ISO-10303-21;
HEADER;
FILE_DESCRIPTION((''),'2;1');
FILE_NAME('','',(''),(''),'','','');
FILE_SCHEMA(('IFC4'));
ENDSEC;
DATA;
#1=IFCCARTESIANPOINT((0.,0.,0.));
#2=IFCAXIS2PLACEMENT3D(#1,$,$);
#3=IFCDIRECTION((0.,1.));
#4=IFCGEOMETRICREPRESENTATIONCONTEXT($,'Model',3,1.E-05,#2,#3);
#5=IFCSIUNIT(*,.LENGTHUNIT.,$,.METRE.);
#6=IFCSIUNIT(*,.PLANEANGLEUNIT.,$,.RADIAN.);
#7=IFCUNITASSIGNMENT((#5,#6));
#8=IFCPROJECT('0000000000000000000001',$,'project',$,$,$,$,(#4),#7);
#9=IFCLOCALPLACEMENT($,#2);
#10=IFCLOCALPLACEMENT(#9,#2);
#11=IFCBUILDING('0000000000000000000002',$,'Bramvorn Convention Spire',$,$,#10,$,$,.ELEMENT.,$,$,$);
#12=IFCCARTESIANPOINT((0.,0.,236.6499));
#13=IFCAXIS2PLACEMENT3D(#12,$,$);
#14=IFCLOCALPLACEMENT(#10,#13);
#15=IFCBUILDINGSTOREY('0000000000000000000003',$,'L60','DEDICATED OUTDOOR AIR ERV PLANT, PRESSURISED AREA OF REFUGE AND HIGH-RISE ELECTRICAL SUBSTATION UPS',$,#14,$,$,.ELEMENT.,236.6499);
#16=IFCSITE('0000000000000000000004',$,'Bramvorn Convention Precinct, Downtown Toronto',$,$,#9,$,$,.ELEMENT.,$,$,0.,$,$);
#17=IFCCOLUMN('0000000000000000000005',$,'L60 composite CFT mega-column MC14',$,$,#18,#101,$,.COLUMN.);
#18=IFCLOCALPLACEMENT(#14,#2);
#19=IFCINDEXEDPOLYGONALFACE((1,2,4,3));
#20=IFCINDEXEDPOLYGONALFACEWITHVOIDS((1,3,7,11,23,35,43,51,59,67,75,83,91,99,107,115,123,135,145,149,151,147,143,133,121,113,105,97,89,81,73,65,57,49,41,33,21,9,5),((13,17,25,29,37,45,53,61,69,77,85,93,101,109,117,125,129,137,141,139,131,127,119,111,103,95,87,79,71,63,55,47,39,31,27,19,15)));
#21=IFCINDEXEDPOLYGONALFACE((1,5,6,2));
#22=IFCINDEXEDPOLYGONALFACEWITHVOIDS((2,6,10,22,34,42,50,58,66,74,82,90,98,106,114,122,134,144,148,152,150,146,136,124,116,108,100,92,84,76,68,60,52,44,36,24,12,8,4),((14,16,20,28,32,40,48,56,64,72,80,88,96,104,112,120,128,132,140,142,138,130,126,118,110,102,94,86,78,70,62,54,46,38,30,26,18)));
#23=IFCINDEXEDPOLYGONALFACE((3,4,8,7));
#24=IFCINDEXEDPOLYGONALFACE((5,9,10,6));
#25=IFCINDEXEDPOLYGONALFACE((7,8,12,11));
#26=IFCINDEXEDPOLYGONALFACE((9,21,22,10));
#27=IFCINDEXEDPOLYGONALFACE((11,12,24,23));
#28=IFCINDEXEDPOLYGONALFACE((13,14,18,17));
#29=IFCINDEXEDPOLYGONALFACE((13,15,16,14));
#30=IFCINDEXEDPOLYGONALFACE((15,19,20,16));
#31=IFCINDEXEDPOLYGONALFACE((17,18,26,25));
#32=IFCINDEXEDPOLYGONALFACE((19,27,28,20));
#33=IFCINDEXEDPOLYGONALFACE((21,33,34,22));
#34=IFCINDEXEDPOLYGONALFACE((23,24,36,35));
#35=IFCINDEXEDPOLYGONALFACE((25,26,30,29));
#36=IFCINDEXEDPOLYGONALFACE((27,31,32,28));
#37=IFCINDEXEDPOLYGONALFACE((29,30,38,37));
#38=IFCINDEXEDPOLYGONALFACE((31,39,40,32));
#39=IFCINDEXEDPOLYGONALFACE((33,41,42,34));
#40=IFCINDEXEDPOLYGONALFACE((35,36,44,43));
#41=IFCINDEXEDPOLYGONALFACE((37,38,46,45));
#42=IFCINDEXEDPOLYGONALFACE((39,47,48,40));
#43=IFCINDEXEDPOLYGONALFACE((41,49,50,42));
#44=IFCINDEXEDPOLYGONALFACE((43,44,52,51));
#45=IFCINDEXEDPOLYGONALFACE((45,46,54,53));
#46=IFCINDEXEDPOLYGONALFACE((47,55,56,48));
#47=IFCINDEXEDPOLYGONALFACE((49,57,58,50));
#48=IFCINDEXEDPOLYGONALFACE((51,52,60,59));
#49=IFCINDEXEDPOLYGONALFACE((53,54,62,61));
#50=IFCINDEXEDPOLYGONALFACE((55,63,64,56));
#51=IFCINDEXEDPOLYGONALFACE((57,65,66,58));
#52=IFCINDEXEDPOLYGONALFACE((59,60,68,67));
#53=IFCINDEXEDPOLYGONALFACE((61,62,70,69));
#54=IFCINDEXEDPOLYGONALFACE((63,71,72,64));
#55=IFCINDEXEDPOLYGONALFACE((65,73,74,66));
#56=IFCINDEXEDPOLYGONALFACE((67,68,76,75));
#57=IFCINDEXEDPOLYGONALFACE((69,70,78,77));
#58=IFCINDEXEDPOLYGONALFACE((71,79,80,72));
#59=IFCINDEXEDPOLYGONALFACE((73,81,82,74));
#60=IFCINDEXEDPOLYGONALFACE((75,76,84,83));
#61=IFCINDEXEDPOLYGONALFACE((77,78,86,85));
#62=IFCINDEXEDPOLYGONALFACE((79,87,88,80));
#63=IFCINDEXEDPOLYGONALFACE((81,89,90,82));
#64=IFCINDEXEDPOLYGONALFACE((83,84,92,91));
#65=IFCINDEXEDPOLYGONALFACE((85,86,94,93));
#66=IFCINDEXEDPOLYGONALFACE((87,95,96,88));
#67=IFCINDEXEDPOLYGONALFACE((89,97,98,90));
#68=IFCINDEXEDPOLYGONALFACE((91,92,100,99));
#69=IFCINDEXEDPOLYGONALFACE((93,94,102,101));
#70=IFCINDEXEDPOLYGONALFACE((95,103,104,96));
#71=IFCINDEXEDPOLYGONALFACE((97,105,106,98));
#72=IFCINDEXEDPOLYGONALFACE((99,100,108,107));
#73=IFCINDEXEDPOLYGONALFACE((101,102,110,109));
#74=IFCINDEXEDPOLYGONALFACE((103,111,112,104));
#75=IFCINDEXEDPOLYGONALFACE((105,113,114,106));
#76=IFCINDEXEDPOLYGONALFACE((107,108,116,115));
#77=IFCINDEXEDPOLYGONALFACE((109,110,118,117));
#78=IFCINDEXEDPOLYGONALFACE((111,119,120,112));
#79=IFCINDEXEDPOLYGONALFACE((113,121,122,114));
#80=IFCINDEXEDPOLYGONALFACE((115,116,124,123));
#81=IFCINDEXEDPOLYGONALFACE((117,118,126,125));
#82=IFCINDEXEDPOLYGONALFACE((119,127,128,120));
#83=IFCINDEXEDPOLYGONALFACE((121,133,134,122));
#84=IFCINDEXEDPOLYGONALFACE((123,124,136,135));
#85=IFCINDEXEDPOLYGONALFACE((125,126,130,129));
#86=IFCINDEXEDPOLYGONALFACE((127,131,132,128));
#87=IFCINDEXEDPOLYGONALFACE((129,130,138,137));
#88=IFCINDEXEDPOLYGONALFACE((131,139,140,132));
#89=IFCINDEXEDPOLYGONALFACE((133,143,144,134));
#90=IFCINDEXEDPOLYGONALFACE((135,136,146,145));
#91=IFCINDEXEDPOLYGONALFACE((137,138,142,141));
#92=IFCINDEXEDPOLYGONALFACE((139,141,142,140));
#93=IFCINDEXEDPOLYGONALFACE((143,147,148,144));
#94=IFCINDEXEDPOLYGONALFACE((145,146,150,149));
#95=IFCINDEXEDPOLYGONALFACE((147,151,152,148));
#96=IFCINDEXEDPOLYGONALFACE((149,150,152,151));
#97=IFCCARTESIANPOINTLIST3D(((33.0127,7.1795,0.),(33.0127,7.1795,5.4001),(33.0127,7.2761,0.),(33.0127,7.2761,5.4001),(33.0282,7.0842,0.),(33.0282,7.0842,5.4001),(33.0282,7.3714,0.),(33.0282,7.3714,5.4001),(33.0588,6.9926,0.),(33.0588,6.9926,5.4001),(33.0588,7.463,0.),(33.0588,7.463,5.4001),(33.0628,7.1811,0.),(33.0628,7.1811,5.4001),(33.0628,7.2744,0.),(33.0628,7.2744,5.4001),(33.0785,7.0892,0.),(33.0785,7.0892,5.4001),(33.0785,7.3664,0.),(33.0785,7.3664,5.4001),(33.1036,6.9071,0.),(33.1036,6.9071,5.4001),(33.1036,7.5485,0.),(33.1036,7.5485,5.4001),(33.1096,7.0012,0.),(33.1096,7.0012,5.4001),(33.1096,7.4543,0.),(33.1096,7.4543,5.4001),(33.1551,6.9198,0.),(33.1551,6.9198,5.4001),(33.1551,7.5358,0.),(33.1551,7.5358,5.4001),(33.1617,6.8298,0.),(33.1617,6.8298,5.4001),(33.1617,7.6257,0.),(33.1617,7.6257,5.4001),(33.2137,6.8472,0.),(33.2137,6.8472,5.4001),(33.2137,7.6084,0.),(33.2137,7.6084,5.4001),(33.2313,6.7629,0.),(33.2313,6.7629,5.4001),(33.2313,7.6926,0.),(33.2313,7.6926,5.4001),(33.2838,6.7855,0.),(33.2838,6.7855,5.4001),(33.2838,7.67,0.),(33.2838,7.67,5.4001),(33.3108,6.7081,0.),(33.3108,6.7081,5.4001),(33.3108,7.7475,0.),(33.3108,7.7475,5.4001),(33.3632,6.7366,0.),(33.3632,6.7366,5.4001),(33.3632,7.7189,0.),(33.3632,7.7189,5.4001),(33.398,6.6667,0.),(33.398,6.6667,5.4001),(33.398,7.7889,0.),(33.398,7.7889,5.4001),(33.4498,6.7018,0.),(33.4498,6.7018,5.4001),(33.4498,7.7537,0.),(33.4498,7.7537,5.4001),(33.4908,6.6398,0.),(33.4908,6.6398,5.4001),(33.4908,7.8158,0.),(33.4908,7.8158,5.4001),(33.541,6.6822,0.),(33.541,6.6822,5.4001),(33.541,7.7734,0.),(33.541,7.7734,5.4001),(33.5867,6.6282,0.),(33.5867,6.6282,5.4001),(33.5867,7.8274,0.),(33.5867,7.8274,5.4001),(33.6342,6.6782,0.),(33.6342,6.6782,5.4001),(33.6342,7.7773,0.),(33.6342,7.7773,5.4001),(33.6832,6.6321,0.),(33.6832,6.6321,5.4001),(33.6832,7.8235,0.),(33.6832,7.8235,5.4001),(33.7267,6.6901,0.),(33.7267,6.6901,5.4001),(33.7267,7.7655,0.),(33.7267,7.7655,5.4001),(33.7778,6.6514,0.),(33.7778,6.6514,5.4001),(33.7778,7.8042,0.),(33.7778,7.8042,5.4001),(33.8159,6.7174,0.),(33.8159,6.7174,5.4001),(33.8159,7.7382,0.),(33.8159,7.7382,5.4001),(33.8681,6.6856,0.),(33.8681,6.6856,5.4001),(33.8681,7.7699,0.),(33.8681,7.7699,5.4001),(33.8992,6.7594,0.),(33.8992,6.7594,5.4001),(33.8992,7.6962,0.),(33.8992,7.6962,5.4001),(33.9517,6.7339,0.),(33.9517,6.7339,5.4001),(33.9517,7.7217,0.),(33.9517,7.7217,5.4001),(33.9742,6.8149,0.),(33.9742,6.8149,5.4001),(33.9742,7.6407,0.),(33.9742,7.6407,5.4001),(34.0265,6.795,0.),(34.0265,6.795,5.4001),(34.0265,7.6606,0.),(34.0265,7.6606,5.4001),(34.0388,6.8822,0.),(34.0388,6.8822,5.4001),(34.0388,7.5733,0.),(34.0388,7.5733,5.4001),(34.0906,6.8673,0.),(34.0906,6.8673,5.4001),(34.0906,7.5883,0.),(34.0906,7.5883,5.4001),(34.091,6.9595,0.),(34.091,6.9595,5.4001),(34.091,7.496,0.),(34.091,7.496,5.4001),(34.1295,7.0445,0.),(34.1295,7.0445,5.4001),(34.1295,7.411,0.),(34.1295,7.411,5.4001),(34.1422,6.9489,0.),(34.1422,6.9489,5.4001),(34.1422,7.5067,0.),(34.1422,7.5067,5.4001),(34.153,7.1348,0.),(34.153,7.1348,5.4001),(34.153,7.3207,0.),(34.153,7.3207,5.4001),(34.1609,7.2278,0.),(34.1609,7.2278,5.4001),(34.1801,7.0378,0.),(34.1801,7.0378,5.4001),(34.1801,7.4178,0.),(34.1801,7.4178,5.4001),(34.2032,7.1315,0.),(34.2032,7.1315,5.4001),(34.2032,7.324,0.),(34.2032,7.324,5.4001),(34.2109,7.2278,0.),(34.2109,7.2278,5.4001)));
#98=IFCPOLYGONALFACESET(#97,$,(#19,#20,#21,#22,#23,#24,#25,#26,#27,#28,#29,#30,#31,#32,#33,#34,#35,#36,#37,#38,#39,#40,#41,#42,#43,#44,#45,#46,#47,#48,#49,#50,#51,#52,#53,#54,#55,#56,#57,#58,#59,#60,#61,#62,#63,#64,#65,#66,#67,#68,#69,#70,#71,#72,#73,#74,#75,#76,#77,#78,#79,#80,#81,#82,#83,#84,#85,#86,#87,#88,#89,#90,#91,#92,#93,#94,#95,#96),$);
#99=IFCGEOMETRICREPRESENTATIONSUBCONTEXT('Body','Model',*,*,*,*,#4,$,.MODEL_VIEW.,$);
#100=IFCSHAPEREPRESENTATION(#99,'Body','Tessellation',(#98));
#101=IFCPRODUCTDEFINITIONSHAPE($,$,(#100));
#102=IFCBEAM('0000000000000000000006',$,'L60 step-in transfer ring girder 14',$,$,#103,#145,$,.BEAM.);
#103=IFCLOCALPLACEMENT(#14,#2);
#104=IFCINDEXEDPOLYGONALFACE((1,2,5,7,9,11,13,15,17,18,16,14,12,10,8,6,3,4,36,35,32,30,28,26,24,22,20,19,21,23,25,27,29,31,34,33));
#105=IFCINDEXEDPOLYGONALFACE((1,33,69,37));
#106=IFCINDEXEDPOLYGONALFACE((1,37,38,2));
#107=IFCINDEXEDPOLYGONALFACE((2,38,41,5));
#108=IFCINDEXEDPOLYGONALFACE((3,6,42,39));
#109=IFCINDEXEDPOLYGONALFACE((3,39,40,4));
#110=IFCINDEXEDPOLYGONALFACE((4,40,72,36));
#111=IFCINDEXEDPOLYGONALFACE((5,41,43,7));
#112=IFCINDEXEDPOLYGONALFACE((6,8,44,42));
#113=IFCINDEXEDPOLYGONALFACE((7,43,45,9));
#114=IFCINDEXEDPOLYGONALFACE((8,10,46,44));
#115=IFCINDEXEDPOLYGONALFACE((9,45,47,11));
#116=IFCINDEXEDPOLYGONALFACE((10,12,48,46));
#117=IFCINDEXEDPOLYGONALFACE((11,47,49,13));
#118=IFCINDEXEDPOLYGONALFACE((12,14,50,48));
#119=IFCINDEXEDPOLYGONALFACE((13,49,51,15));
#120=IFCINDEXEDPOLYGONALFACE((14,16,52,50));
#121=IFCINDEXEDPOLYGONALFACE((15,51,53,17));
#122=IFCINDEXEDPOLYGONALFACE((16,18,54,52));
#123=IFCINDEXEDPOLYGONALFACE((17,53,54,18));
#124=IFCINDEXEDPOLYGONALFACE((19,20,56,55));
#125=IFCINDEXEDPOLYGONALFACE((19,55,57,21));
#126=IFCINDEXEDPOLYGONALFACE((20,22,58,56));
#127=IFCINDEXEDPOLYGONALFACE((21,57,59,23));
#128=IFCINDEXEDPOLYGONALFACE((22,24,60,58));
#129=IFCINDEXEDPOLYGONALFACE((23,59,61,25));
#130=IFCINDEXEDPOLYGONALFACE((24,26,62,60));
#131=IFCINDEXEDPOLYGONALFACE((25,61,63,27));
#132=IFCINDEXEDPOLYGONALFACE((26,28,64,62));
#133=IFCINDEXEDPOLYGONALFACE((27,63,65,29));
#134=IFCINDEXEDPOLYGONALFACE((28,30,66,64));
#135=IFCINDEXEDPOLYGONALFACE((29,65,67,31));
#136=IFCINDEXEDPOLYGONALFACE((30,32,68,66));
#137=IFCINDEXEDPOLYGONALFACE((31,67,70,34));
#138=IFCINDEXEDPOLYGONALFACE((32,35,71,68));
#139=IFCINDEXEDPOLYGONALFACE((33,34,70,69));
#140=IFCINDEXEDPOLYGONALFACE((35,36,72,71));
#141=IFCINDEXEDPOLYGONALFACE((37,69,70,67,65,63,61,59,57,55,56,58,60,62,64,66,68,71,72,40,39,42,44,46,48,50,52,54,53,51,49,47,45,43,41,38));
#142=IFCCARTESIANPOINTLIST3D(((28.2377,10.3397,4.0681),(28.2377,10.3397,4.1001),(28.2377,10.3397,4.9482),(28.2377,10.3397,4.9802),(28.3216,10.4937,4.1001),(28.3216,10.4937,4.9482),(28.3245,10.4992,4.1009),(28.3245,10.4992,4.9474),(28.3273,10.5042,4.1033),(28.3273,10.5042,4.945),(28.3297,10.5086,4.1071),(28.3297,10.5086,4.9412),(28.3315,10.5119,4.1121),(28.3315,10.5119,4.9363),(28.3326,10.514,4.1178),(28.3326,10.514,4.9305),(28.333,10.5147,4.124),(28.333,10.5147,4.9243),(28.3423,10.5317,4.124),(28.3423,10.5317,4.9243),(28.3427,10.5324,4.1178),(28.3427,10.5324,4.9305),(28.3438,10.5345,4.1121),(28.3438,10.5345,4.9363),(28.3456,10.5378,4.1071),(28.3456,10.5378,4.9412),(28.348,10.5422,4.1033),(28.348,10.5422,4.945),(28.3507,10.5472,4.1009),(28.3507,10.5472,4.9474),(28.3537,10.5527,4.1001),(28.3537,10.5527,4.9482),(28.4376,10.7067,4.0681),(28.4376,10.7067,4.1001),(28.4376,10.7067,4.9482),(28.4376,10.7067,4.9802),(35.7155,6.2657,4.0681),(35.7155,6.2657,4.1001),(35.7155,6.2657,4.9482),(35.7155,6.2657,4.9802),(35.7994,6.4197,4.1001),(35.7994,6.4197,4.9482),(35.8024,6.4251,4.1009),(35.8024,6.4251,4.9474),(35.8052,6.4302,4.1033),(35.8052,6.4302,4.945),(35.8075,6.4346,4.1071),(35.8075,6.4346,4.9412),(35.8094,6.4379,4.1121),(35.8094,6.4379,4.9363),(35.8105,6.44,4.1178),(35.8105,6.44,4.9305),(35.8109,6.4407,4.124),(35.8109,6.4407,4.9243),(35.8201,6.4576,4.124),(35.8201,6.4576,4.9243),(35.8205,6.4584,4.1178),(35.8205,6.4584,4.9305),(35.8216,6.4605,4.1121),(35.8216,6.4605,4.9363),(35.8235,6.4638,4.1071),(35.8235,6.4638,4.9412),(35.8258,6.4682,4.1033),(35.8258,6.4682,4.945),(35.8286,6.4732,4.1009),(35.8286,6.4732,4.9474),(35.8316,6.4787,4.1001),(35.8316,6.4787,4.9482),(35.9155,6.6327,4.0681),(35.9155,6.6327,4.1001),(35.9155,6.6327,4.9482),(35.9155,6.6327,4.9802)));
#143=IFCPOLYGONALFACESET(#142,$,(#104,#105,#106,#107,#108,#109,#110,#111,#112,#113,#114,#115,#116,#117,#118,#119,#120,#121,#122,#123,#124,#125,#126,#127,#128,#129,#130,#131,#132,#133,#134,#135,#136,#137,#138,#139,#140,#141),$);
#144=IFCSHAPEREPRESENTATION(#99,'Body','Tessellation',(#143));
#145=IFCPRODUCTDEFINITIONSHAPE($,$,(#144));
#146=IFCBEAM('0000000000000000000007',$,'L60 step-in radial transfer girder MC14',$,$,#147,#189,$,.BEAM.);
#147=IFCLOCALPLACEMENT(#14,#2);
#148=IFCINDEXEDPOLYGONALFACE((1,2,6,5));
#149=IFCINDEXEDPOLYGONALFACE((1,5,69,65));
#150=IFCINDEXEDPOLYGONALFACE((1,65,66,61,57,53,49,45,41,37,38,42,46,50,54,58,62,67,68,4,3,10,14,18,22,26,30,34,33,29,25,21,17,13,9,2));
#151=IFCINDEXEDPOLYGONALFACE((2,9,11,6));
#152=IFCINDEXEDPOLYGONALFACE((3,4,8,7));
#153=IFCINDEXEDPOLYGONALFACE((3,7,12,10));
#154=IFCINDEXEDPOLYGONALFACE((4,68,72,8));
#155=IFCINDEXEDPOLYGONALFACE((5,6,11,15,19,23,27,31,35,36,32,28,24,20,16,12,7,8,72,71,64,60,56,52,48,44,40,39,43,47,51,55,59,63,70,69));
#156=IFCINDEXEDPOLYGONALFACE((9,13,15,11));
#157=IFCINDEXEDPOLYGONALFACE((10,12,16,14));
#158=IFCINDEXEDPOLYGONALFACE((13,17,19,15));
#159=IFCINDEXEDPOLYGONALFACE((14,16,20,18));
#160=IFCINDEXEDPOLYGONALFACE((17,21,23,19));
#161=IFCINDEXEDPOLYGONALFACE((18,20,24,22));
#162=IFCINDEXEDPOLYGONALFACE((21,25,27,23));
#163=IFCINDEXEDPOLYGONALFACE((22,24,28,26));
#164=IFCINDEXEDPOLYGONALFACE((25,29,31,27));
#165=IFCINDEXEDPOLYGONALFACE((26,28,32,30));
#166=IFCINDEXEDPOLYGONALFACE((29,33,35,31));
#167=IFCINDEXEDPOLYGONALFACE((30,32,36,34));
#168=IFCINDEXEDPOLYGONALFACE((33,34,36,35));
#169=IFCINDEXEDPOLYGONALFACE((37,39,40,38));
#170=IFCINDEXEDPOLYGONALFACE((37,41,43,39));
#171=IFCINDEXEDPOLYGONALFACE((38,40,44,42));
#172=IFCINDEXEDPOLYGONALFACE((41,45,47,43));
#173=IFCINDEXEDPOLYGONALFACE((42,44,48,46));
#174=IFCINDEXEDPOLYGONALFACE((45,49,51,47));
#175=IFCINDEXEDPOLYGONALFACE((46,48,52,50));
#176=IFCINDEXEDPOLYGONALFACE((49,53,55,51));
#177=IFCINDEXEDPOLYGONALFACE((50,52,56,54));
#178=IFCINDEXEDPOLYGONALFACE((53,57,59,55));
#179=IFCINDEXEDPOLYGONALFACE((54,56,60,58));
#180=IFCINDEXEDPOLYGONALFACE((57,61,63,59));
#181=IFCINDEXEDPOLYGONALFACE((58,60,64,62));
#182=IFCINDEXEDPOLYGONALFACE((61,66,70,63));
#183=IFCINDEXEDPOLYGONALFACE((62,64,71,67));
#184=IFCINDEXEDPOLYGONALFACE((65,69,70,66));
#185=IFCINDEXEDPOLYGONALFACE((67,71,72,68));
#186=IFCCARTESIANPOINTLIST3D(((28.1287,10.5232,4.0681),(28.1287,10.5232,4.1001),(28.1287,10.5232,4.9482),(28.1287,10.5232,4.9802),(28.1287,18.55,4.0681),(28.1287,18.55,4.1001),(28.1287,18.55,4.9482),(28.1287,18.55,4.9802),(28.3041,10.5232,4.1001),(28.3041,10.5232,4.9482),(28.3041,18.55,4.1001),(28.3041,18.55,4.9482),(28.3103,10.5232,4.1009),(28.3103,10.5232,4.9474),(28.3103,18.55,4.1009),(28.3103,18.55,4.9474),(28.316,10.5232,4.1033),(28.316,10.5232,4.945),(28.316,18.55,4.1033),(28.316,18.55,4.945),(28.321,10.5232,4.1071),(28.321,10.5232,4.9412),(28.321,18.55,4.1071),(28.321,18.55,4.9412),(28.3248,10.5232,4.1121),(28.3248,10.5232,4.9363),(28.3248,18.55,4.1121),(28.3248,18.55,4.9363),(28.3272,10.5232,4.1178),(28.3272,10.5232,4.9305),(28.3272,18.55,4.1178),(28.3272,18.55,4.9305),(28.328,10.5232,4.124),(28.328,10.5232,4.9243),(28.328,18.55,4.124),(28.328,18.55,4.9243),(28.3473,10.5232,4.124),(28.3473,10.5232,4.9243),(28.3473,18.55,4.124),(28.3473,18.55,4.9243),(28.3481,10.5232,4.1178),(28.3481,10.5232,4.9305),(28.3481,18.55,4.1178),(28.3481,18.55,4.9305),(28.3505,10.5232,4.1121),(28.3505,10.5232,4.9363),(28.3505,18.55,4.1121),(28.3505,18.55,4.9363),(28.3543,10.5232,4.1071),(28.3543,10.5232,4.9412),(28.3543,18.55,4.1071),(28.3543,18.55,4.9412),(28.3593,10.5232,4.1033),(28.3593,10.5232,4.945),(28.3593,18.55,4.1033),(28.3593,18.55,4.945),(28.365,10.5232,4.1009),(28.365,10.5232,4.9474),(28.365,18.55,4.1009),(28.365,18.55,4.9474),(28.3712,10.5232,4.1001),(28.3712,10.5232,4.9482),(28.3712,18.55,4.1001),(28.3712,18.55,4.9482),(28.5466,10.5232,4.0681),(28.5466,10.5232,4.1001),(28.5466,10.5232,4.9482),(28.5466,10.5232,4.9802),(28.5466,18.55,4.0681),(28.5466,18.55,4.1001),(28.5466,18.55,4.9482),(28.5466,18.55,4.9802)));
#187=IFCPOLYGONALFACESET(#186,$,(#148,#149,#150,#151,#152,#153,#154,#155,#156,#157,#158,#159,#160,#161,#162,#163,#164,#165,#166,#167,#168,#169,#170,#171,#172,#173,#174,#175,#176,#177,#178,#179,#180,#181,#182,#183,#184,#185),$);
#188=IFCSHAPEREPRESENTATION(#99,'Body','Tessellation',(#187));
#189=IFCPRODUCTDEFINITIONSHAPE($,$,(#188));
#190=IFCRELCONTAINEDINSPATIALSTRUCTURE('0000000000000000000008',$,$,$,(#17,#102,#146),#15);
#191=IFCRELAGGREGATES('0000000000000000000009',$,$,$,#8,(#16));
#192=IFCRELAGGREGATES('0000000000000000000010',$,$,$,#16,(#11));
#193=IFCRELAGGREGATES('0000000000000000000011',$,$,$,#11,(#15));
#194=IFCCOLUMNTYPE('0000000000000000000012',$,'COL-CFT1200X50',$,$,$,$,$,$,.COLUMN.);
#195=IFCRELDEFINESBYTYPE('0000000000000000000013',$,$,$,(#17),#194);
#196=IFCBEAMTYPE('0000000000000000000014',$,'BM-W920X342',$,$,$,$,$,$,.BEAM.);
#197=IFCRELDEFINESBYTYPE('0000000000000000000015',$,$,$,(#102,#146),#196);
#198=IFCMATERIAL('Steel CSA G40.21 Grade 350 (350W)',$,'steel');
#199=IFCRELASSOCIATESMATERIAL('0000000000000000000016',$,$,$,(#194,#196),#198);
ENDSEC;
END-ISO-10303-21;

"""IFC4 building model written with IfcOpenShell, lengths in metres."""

from ifc_helpers import new_model, si_unit, direction, frame, origin, origin_2d, place, context, subcontext, project, spatial, hollow_circle, i_section, extrude, material, material_profile, profile_set, type_object, element, save


model = new_model("IFC4")

# Units and contexts
model_context = context("Model", 3, precision=1e-05, world=origin(), true_north=direction((0.0, 1.0)))
body_context = subcontext(model_context, "Body", "Model", "MODEL_VIEW")
ifc_project = project(units=[si_unit("LENGTHUNIT", "METRE"), si_unit("PLANEANGLEUNIT", "RADIAN")], contexts=[model_context])

# Site, building, storey
site_placement = place(None, origin())
site = spatial("IfcSite", under=ifc_project, at=site_placement, Name="Bramvorn Convention Precinct, Downtown Toronto", CompositionType="ELEMENT", RefElevation=0.0)
building_placement = place(site_placement, origin())
building = spatial("IfcBuilding", under=site, at=building_placement, Name="Bramvorn Convention Spire", CompositionType="ELEMENT")
storey_placement = place(building_placement, frame((0.0, 0.0, 236.6499)))
storey = spatial("IfcBuildingStorey", under=building, at=storey_placement, Name="L60", Description="DEDICATED OUTDOOR AIR ERV PLANT, PRESSURISED AREA OF REFUGE AND HIGH-RISE ELECTRICAL SUBSTATION UPS", CompositionType="ELEMENT", Elevation=236.6499)

# Column
ifc_material_1 = material(Name="Steel CSA G40.21 Grade 350 (350W)", Category="steel")
ifc_material_profile_1 = material_profile(ifc_material_1, hollow_circle(Radius=0.6001, WallThickness=0.05, at=origin_2d()))
ifc_profile_set_1 = profile_set([ifc_material_profile_1], Name="Steel CSA G40.21 Grade 350 (350W) - CFT1200X50")
column_type = type_object("IfcColumnType", Name="COL-CFT1200X50", PredefinedType="COLUMN", material=ifc_profile_set_1)
column_placement = place(storey_placement, frame((33.6108, 7.2278, 0.0), z_axis=(0.0, 0.0, 1.0), x_axis=(1.0, 0.0, 0.0)))
element("IfcColumn", 1, at=column_placement, inside=storey, type_object=column_type, Name="L60 composite CFT mega-column MC14", PredefinedType="COLUMN", context=body_context, shape_type="SweptSolid", body=[
    extrude(hollow_circle(Radius=0.6001, WallThickness=0.05, at=origin_2d()), origin(), (0.0, 0.0, 1.0), 5.4001),
])

# Beams
ifc_material_profile_2 = material_profile(ifc_material_1, i_section(OverallWidth=0.418, OverallDepth=0.9121, WebThickness=0.0193, FlangeThickness=0.032, FilletRadius=0.0239, at=origin_2d()))
ifc_profile_set_2 = profile_set([ifc_material_profile_2], Name="Steel CSA G40.21 Grade 350 (350W) - W920X342")
beam_type = type_object("IfcBeamType", Name="BM-W920X342", PredefinedType="BEAM", material=ifc_profile_set_2)
beam_1_placement = place(storey_placement, frame((28.3376, 10.5232, 4.5242), z_axis=(0.878133, -0.478416, 0.0), x_axis=(0.478416, 0.878133, 0.0)))
element("IfcBeam", 2, at=beam_1_placement, inside=storey, type_object=beam_type, Name="L60 step-in transfer ring girder 14", PredefinedType="BEAM", context=body_context, shape_type="SweptSolid", body=[
    extrude(i_section(OverallWidth=0.418, OverallDepth=0.9121, WebThickness=0.0193, FlangeThickness=0.032, FilletRadius=0.0239, at=origin_2d()), origin(), (0.0, 0.0, 1.0), 8.5156),
])
beam_2_placement = place(storey_placement, frame((28.3376, 18.55, 4.5242), z_axis=(0.0, -1.0, 0.0), x_axis=(1.0, 0.0, 0.0)))
element("IfcBeam", 3, at=beam_2_placement, inside=storey, type_object=beam_type, Name="L60 step-in radial transfer girder MC14", PredefinedType="BEAM", context=body_context, shape_type="SweptSolid", body=[
    extrude(i_section(OverallWidth=0.418, OverallDepth=0.9121, WebThickness=0.0193, FlangeThickness=0.032, FilletRadius=0.0239, at=origin_2d()), origin(), (0.0, 0.0, 1.0), 8.0269),
])

save(model, "model.ifc")
